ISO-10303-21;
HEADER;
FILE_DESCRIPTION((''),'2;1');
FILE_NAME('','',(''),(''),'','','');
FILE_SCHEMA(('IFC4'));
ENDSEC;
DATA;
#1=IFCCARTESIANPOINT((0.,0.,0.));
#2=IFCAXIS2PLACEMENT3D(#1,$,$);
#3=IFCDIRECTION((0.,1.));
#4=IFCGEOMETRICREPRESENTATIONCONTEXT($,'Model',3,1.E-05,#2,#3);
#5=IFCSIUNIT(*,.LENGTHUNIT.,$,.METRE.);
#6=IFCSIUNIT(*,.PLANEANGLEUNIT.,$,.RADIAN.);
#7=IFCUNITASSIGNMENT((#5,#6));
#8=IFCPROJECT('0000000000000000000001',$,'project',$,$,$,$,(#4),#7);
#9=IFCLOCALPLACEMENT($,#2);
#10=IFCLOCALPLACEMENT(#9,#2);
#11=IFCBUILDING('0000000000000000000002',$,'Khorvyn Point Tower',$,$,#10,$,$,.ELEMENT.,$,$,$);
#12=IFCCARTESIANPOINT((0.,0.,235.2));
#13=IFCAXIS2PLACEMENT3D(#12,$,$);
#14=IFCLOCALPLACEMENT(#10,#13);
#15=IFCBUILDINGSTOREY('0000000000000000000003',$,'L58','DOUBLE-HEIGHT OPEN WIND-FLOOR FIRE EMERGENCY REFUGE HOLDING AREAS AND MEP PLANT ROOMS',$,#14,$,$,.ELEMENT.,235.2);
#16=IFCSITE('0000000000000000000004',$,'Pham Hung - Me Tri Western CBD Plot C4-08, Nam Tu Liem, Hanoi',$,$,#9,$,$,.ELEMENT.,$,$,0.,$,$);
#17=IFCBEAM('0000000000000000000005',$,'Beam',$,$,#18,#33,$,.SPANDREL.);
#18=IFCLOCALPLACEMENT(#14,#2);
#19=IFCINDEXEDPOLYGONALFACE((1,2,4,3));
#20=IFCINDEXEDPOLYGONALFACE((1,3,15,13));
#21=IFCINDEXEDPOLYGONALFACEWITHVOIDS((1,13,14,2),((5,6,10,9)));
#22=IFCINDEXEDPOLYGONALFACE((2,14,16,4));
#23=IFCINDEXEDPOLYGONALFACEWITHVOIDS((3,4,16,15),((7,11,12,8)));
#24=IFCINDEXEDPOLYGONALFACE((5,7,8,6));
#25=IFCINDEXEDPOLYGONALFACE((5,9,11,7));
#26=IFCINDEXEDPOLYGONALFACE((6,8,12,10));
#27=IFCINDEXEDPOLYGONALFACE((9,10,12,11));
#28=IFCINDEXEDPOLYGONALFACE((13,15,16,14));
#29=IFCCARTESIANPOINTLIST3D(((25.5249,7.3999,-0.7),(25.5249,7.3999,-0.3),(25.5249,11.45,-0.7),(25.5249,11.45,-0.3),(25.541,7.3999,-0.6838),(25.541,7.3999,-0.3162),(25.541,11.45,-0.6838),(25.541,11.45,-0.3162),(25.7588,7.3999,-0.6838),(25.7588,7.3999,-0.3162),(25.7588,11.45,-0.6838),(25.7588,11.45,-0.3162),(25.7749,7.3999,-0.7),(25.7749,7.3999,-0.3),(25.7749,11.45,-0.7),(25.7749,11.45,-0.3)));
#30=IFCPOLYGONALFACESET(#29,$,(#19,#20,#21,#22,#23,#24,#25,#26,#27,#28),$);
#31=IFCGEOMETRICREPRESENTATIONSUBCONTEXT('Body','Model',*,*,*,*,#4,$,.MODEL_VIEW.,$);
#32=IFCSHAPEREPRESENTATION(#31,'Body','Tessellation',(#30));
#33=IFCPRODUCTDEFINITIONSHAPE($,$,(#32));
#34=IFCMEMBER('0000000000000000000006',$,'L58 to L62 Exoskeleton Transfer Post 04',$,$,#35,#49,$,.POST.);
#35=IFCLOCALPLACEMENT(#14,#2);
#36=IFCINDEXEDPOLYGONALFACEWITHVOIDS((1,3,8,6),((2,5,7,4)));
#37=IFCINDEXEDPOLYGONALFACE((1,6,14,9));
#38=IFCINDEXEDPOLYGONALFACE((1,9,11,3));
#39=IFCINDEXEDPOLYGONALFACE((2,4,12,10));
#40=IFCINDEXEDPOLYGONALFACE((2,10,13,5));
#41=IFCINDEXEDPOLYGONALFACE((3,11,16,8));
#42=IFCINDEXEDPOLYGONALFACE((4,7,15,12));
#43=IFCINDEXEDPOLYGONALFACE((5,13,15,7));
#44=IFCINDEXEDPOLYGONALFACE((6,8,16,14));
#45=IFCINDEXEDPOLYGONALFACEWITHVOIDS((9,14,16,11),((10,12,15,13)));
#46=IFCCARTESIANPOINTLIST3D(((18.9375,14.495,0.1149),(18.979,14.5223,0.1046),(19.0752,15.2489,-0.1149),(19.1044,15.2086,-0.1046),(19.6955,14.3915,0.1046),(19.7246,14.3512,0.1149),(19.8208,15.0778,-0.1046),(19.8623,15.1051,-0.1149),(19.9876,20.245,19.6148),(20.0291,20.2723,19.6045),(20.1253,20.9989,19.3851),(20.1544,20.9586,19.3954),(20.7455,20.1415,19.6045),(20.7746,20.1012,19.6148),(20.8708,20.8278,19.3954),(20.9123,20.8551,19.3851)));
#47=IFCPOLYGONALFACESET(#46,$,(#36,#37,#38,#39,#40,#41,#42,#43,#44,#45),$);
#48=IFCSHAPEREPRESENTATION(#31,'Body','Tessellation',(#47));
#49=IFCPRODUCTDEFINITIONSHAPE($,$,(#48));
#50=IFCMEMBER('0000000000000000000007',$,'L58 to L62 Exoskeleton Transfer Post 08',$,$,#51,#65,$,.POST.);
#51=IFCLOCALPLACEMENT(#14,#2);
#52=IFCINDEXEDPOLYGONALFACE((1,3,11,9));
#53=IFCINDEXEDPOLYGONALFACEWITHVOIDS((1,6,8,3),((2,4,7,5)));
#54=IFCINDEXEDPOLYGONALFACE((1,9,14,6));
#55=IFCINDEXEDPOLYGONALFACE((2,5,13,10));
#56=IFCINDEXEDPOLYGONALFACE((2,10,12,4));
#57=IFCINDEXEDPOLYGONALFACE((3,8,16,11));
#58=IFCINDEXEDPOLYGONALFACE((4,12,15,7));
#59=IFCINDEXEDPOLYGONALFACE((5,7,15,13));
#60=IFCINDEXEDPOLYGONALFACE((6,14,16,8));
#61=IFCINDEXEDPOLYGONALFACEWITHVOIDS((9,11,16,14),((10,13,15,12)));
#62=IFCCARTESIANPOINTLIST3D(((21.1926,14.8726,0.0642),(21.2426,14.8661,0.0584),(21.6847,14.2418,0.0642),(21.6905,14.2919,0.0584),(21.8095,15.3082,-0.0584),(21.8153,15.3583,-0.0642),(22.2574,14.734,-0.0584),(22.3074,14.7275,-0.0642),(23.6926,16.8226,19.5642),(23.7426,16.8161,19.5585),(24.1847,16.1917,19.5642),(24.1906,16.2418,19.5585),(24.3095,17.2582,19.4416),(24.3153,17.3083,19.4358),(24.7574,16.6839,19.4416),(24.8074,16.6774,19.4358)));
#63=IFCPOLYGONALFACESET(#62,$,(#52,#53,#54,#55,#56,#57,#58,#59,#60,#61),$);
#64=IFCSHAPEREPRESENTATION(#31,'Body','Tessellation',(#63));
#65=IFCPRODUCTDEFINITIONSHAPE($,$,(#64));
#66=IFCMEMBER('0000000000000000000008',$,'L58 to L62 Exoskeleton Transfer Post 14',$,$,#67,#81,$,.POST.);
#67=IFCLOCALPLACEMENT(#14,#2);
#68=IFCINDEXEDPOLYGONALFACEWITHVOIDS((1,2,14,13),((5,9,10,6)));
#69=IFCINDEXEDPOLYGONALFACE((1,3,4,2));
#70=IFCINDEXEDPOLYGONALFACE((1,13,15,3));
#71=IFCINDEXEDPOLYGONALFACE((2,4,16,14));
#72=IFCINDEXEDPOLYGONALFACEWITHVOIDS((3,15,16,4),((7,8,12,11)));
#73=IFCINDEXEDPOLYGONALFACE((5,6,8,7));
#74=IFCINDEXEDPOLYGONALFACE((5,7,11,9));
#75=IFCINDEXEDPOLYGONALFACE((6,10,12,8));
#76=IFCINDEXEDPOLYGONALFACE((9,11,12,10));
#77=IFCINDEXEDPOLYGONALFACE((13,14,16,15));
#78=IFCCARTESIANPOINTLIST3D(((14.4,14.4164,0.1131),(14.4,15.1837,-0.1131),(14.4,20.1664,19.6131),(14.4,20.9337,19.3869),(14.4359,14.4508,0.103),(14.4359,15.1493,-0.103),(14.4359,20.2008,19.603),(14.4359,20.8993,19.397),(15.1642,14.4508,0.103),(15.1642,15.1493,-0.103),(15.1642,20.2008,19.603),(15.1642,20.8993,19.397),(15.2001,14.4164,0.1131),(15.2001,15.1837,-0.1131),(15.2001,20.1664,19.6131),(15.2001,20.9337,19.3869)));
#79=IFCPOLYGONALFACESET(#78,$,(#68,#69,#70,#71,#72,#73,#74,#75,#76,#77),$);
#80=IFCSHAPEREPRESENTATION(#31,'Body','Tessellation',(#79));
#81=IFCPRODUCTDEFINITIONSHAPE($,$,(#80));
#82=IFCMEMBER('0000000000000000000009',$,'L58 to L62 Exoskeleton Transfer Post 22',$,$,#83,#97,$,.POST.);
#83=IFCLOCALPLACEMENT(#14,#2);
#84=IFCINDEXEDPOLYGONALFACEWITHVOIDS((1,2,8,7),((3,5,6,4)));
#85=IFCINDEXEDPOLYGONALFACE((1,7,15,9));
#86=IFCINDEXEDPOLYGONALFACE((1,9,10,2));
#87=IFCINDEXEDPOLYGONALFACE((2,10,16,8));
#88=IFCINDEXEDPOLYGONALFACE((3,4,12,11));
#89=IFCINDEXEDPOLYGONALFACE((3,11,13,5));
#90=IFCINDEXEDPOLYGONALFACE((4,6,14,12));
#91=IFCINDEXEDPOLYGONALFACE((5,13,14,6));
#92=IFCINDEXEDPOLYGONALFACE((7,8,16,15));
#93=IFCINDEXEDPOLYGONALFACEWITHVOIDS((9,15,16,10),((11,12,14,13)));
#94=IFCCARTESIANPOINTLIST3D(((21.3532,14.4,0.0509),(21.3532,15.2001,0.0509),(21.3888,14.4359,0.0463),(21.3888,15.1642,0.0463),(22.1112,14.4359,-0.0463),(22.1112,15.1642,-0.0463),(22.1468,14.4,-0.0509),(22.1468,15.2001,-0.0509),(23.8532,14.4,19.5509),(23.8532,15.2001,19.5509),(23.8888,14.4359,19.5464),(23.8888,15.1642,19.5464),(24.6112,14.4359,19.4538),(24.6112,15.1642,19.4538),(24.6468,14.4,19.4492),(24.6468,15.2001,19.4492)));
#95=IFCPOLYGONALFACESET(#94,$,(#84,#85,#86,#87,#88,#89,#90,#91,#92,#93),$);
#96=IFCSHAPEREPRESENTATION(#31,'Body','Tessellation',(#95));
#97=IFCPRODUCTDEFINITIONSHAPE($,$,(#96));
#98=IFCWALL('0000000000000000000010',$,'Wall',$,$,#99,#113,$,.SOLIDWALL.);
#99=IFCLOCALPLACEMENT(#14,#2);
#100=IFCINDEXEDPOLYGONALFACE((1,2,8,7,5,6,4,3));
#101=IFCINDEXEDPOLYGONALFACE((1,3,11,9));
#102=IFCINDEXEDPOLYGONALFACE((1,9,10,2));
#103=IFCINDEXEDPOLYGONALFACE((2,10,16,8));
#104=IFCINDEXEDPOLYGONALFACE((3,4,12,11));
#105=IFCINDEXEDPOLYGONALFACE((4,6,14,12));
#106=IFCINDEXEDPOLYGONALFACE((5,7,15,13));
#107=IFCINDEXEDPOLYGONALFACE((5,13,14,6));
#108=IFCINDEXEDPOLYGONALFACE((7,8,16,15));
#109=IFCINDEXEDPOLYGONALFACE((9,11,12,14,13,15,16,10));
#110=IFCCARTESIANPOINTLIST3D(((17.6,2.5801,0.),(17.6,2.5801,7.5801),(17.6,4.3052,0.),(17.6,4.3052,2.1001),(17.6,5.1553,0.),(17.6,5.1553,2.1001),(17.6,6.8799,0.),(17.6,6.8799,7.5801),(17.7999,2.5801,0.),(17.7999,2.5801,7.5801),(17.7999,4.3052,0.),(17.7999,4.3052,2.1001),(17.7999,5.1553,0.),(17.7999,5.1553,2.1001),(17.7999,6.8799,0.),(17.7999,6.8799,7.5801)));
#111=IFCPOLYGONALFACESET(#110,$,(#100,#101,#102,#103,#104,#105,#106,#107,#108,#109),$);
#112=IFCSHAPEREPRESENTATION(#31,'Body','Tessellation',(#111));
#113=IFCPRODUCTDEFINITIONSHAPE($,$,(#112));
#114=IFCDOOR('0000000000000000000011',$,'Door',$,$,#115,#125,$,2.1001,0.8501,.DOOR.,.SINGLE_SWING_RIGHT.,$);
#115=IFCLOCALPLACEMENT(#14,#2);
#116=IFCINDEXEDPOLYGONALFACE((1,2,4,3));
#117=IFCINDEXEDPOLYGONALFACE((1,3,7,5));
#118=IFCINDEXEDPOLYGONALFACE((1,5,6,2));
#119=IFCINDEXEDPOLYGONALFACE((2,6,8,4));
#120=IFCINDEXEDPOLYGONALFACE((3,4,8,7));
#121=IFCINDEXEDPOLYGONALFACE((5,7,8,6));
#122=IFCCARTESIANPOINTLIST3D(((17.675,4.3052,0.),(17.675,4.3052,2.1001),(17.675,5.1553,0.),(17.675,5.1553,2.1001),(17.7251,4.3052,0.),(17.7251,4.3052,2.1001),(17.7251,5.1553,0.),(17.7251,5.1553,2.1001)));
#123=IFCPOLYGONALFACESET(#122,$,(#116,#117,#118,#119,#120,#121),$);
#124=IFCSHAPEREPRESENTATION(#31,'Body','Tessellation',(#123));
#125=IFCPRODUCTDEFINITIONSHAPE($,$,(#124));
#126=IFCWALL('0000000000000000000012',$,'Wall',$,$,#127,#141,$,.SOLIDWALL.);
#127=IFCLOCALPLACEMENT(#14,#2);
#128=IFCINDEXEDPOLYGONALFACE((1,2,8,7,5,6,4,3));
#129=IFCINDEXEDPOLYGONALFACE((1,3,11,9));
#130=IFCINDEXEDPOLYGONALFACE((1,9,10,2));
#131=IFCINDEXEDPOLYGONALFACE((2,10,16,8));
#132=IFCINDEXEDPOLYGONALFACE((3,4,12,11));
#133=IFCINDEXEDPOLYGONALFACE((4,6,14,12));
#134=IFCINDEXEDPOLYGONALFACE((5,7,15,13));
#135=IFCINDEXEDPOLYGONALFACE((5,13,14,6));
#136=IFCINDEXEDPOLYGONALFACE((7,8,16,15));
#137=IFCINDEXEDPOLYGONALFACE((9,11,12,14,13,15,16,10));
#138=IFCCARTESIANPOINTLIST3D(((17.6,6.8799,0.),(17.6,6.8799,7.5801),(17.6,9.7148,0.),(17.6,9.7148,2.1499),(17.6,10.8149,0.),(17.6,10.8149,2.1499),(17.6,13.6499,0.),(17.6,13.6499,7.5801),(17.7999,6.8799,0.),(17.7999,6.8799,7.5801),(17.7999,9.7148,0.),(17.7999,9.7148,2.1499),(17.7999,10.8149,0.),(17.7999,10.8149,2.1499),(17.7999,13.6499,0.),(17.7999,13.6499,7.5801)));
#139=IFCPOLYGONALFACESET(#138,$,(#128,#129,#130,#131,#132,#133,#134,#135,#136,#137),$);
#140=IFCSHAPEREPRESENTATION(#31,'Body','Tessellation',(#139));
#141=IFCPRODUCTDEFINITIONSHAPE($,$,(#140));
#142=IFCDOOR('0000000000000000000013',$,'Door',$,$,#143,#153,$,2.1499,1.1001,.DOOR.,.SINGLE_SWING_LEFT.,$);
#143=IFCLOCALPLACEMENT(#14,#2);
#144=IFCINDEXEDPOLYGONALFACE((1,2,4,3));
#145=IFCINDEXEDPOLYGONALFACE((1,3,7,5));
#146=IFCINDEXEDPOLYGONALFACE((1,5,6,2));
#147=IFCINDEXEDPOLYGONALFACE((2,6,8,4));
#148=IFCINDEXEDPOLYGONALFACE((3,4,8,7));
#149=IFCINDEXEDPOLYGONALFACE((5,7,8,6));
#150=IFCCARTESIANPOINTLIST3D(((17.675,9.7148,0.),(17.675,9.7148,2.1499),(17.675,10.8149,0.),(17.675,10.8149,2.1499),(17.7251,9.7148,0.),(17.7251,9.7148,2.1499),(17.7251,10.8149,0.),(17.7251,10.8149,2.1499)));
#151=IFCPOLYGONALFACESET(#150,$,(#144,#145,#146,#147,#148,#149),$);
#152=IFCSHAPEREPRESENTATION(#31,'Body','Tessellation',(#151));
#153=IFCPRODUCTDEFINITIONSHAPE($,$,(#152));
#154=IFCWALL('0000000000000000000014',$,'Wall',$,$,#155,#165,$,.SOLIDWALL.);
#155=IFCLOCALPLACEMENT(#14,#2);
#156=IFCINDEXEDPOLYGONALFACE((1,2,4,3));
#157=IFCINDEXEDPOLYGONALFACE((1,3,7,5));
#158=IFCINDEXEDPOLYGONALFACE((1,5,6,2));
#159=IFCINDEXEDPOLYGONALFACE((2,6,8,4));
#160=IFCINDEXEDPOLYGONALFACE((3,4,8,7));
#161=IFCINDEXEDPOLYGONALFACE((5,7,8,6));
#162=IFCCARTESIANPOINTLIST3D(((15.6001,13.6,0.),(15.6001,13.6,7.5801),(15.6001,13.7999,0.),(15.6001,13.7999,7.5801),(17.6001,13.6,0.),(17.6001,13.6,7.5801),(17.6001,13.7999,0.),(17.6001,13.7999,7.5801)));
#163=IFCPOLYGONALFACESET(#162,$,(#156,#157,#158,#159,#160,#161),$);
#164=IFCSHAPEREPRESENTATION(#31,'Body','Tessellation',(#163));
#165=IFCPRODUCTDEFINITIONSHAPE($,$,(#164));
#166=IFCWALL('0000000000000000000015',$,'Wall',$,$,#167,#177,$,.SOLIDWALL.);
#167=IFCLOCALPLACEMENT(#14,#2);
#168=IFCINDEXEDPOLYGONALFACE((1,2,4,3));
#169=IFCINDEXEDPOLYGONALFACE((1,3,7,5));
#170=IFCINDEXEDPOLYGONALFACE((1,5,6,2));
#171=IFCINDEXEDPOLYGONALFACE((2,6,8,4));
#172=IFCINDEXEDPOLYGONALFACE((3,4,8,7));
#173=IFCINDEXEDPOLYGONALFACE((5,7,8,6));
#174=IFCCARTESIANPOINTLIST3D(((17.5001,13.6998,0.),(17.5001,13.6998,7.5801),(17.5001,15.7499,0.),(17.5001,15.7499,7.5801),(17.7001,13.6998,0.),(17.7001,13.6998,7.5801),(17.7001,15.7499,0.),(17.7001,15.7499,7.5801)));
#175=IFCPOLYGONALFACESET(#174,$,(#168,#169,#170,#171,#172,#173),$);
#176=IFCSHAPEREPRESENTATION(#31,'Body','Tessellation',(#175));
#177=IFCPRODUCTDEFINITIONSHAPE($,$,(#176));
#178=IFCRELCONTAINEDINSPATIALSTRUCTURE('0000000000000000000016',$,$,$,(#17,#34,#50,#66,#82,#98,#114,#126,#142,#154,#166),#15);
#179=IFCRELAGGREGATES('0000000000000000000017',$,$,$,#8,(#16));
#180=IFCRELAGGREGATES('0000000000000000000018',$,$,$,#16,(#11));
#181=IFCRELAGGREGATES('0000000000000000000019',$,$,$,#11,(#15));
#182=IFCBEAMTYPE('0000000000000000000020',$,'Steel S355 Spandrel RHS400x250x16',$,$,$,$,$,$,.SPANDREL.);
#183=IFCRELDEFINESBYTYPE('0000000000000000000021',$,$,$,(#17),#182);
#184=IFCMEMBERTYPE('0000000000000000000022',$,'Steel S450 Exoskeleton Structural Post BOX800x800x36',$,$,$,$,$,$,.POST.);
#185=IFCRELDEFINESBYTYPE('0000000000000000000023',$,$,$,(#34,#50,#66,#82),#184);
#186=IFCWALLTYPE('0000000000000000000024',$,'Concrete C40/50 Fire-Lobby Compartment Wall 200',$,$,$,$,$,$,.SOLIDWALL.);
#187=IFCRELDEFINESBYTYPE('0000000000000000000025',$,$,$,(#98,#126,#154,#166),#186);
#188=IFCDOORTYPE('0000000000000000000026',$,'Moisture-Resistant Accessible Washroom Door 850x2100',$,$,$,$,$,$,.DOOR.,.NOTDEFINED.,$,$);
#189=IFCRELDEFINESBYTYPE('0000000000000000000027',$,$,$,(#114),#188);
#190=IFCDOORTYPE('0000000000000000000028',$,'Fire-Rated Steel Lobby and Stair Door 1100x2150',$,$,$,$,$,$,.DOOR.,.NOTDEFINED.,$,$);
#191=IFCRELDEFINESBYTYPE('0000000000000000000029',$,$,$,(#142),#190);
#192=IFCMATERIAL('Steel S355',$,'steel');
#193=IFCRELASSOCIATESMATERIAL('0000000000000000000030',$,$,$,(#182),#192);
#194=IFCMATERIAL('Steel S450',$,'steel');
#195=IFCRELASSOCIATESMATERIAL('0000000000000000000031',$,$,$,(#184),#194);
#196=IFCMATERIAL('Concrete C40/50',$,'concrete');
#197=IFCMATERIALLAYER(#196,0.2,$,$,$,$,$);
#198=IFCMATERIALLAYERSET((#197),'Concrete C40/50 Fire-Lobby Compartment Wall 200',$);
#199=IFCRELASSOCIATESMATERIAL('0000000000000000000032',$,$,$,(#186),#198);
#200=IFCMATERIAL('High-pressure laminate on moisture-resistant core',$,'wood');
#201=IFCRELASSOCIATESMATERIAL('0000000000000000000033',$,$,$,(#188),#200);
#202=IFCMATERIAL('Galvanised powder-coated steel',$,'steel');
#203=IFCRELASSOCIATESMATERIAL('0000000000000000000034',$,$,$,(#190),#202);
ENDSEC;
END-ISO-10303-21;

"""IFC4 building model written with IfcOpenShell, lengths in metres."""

from ifc_helpers import new_model, si_unit, direction, frame, frame_2d, origin, origin_2d, place, context, subcontext, project, spatial, rectangle, hollow_rectangle, extrude, material, layer, layer_set, material_profile, profile_set, type_object, element, fill, save


model = new_model("IFC4")

# Units and contexts
model_context = context("Model", 3, precision=1e-05, world=origin(), true_north=direction((0.0, 1.0)))
body_context = subcontext(model_context, "Body", "Model", "MODEL_VIEW")
ifc_project = project(units=[si_unit("LENGTHUNIT", "METRE"), si_unit("PLANEANGLEUNIT", "RADIAN")], contexts=[model_context])

# Site, building, storey
site_placement = place(None, origin())
site = spatial("IfcSite", under=ifc_project, at=site_placement, Name="Pham Hung - Me Tri Western CBD Plot C4-08, Nam Tu Liem, Hanoi", CompositionType="ELEMENT", RefElevation=0.0)
building_placement = place(site_placement, origin())
building = spatial("IfcBuilding", under=site, at=building_placement, Name="Khorvyn Point Tower", CompositionType="ELEMENT")
storey_placement = place(building_placement, frame((0.0, 0.0, 235.2)))
storey = spatial("IfcBuildingStorey", under=building, at=storey_placement, Name="L58", Description="DOUBLE-HEIGHT OPEN WIND-FLOOR FIRE EMERGENCY REFUGE HOLDING AREAS AND MEP PLANT ROOMS", CompositionType="ELEMENT", Elevation=235.2)

# Shared definitions
ifc_material_1 = material(Name="Steel S450", Category="steel")

# Beam
ifc_material_2 = material(Name="Steel S355", Category="steel")
ifc_material_profile_1 = material_profile(ifc_material_2, hollow_rectangle(XDim=0.25, YDim=0.3999, WallThickness=0.0161, at=origin_2d()))
ifc_profile_set_1 = profile_set([ifc_material_profile_1], Name="Steel S355 RHS400x250x16")
beam_type_1 = type_object("IfcBeamType", Name="Steel S355 Spandrel RHS400x250x16", PredefinedType="SPANDREL", material=ifc_profile_set_1)
beam_1_placement = place(storey_placement, frame((25.6499, 7.3999, -0.5), z_axis=(0.0, 1.0, 0.0), x_axis=(-1.0, 0.0, 0.0)))
element("IfcBeam", 1, at=beam_1_placement, inside=storey, type_object=beam_type_1, Name="Beam", PredefinedType="SPANDREL", context=body_context, shape_type="SweptSolid", body=[
    extrude(hollow_rectangle(XDim=0.25, YDim=0.3999, WallThickness=0.0161, at=origin_2d()), origin(), (0.0, 0.0, 1.0), 4.05),
])

# Members
ifc_material_profile_2 = material_profile(ifc_material_1, hollow_rectangle(XDim=0.8, YDim=0.8, WallThickness=0.0359, at=origin_2d()))
ifc_profile_set_2 = profile_set([ifc_material_profile_2], Name="Steel S450 BOX800x800x36")
member_type = type_object("IfcMemberType", Name="Steel S450 Exoskeleton Structural Post BOX800x800x36", PredefinedType="POST", material=ifc_profile_set_2)
member_1_placement = place(storey_placement, frame((19.3999, 14.8, 0.0), z_axis=(0.051581, 0.282456, 0.957893), x_axis=(-0.983731, 0.179646, 0.0)))
element("IfcMember", 2, at=member_1_placement, inside=storey, type_object=member_type, Name="L58 to L62 Exoskeleton Transfer Post 04", PredefinedType="POST", context=body_context, shape_type="SweptSolid", body=[
    extrude(hollow_rectangle(XDim=0.8, YDim=0.8, WallThickness=0.0359, at=origin_2d()), origin(), (0.0, 0.0, 1.0), 20.3572),
])
member_2_placement = place(storey_placement, frame((21.75, 14.8, 0.0), z_axis=(0.126543, 0.098701, 0.987038), x_axis=(-0.615022, 0.78851, 0.0)))
element("IfcMember", 3, at=member_2_placement, inside=storey, type_object=member_type, Name="L58 to L62 Exoskeleton Transfer Post 08", PredefinedType="POST", context=body_context, shape_type="SweptSolid", body=[
    extrude(hollow_rectangle(XDim=0.8, YDim=0.8, WallThickness=0.0359, at=origin_2d()), origin(), (0.0, 0.0, 1.0), 19.7561),
])
member_3_placement = place(storey_placement, frame((14.8, 14.8, 0.0), z_axis=(0.0, 0.282832, 0.959169), x_axis=(-1.0, 0.0, 0.0)))
element("IfcMember", 4, at=member_3_placement, inside=storey, type_object=member_type, Name="L58 to L62 Exoskeleton Transfer Post 14", PredefinedType="POST", context=body_context, shape_type="SweptSolid", body=[
    extrude(hollow_rectangle(XDim=0.8, YDim=0.8, WallThickness=0.0359, at=origin_2d()), origin(), (0.0, 0.0, 1.0), 20.3301),
])
member_4_placement = place(storey_placement, frame((21.75, 14.8, 0.0), z_axis=(0.127164, 0.0, 0.991882), x_axis=(0.0, 1.0, 0.0)))
element("IfcMember", 5, at=member_4_placement, inside=storey, type_object=member_type, Name="L58 to L62 Exoskeleton Transfer Post 22", PredefinedType="POST", context=body_context, shape_type="SweptSolid", body=[
    extrude(hollow_rectangle(XDim=0.8, YDim=0.8, WallThickness=0.0359, at=origin_2d()), origin(), (0.0, 0.0, 1.0), 19.6597),
])

# Walls, openings, doors
ifc_material_3 = material(Name="Concrete C40/50", Category="concrete")
ifc_layer = layer(ifc_material_3, 0.2)
ifc_layer_set = layer_set([ifc_layer], Name="Concrete C40/50 Fire-Lobby Compartment Wall 200")
wall_type = type_object("IfcWallType", Name="Concrete C40/50 Fire-Lobby Compartment Wall 200", PredefinedType="SOLIDWALL", material=ifc_layer_set)
wall_1_placement = place(storey_placement, frame((17.7, 2.5801, 0.0), z_axis=(0.0, 0.0, 1.0), x_axis=(0.0, 1.0, 0.0)))
wall_1 = element("IfcWall", 6, at=wall_1_placement, inside=storey, type_object=wall_type, Name="Wall", PredefinedType="SOLIDWALL", context=body_context, shape_type="SweptSolid", body=[
    extrude(rectangle(XDim=4.2998, YDim=0.2, at=frame_2d((2.1499, 0.0))), origin(), (0.0, 0.0, 1.0), 7.5801),
])
opening_1_placement = place(wall_1_placement, frame((1.7251, 0.0, 0.0)))
opening_1 = element("IfcOpeningElement", 7, at=opening_1_placement, cuts=wall_1, PredefinedType="OPENING", context=body_context, shape_type="SweptSolid", body=[
    extrude(rectangle(XDim=0.8501, YDim=2.1001, at=frame_2d((0.425, 1.05))), frame((0.0, 0.1099, 0.0), z_axis=(0.0, -1.0, 0.0), x_axis=(1.0, 0.0, 0.0)), (0.0, 0.0, 1.0), 0.22),
])
ifc_material_4 = material(Name="High-pressure laminate on moisture-resistant core", Category="wood")
door_type_1 = type_object("IfcDoorType", Name="Moisture-Resistant Accessible Washroom Door 850x2100", OperationType="NOTDEFINED", PredefinedType="DOOR", material=ifc_material_4)
door_1_placement = place(opening_1_placement, origin())
door_1 = element("IfcDoor", 8, at=door_1_placement, inside=storey, type_object=door_type_1, Name="Door", OperationType="SINGLE_SWING_RIGHT", OverallHeight=2.1001, OverallWidth=0.8501, PredefinedType="DOOR", context=body_context, shape_type="SweptSolid", body=[
    extrude(rectangle(XDim=0.8501, YDim=2.1001, at=frame_2d((0.425, 1.05))), frame((0.0, 0.0249, 0.0), z_axis=(0.0, -1.0, 0.0), x_axis=(1.0, 0.0, 0.0)), (0.0, 0.0, 1.0), 0.05),
])
fill(opening_1, door_1)
wall_2_placement = place(storey_placement, frame((17.7, 6.8799, 0.0), z_axis=(0.0, 0.0, 1.0), x_axis=(0.0, 1.0, 0.0)))
wall_2 = element("IfcWall", 9, at=wall_2_placement, inside=storey, type_object=wall_type, Name="Wall", PredefinedType="SOLIDWALL", context=body_context, shape_type="SweptSolid", body=[
    extrude(rectangle(XDim=6.77, YDim=0.2, at=frame_2d((3.385, 0.0))), origin(), (0.0, 0.0, 1.0), 7.5801),
])
opening_2_placement = place(wall_2_placement, frame((2.835, 0.0, 0.0)))
opening_2 = element("IfcOpeningElement", 10, at=opening_2_placement, cuts=wall_2, PredefinedType="OPENING", context=body_context, shape_type="SweptSolid", body=[
    extrude(rectangle(XDim=1.1001, YDim=2.1499, at=frame_2d((0.55, 1.075))), frame((0.0, 0.1099, 0.0), z_axis=(0.0, -1.0, 0.0), x_axis=(1.0, 0.0, 0.0)), (0.0, 0.0, 1.0), 0.22),
])
ifc_material_5 = material(Name="Galvanised powder-coated steel", Category="steel")
door_type_2 = type_object("IfcDoorType", Name="Fire-Rated Steel Lobby and Stair Door 1100x2150", OperationType="NOTDEFINED", PredefinedType="DOOR", material=ifc_material_5)
door_2_placement = place(opening_2_placement, origin())
door_2 = element("IfcDoor", 11, at=door_2_placement, inside=storey, type_object=door_type_2, Name="Door", OperationType="SINGLE_SWING_LEFT", OverallHeight=2.1499, OverallWidth=1.1001, PredefinedType="DOOR", context=body_context, shape_type="SweptSolid", body=[
    extrude(rectangle(XDim=1.1001, YDim=2.1499, at=frame_2d((0.55, 1.075))), frame((0.0, 0.0249, 0.0), z_axis=(0.0, -1.0, 0.0), x_axis=(1.0, 0.0, 0.0)), (0.0, 0.0, 1.0), 0.05),
])
fill(opening_2, door_2)

# Walls
wall_3_placement = place(storey_placement, frame((15.6001, 13.7, 0.0), z_axis=(0.0, 0.0, 1.0), x_axis=(1.0, 0.0, 0.0)))
element("IfcWall", 12, at=wall_3_placement, inside=storey, type_object=wall_type, Name="Wall", PredefinedType="SOLIDWALL", context=body_context, shape_type="SweptSolid", body=[
    extrude(rectangle(XDim=2.0, YDim=0.2, at=frame_2d((1.0, 0.0))), origin(), (0.0, 0.0, 1.0), 7.5801),
])
wall_4_placement = place(storey_placement, frame((17.6001, 13.7, 0.0), z_axis=(0.0, 0.0, 1.0), x_axis=(0.0, 1.0, 0.0)))
element("IfcWall", 13, at=wall_4_placement, inside=storey, type_object=wall_type, Name="Wall", PredefinedType="SOLIDWALL", context=body_context, shape_type="SweptSolid", body=[
    extrude(rectangle(XDim=2.05, YDim=0.2, at=frame_2d((1.0249, 0.0))), origin(), (0.0, 0.0, 1.0), 7.5801),
])

save(model, "model.ifc")
